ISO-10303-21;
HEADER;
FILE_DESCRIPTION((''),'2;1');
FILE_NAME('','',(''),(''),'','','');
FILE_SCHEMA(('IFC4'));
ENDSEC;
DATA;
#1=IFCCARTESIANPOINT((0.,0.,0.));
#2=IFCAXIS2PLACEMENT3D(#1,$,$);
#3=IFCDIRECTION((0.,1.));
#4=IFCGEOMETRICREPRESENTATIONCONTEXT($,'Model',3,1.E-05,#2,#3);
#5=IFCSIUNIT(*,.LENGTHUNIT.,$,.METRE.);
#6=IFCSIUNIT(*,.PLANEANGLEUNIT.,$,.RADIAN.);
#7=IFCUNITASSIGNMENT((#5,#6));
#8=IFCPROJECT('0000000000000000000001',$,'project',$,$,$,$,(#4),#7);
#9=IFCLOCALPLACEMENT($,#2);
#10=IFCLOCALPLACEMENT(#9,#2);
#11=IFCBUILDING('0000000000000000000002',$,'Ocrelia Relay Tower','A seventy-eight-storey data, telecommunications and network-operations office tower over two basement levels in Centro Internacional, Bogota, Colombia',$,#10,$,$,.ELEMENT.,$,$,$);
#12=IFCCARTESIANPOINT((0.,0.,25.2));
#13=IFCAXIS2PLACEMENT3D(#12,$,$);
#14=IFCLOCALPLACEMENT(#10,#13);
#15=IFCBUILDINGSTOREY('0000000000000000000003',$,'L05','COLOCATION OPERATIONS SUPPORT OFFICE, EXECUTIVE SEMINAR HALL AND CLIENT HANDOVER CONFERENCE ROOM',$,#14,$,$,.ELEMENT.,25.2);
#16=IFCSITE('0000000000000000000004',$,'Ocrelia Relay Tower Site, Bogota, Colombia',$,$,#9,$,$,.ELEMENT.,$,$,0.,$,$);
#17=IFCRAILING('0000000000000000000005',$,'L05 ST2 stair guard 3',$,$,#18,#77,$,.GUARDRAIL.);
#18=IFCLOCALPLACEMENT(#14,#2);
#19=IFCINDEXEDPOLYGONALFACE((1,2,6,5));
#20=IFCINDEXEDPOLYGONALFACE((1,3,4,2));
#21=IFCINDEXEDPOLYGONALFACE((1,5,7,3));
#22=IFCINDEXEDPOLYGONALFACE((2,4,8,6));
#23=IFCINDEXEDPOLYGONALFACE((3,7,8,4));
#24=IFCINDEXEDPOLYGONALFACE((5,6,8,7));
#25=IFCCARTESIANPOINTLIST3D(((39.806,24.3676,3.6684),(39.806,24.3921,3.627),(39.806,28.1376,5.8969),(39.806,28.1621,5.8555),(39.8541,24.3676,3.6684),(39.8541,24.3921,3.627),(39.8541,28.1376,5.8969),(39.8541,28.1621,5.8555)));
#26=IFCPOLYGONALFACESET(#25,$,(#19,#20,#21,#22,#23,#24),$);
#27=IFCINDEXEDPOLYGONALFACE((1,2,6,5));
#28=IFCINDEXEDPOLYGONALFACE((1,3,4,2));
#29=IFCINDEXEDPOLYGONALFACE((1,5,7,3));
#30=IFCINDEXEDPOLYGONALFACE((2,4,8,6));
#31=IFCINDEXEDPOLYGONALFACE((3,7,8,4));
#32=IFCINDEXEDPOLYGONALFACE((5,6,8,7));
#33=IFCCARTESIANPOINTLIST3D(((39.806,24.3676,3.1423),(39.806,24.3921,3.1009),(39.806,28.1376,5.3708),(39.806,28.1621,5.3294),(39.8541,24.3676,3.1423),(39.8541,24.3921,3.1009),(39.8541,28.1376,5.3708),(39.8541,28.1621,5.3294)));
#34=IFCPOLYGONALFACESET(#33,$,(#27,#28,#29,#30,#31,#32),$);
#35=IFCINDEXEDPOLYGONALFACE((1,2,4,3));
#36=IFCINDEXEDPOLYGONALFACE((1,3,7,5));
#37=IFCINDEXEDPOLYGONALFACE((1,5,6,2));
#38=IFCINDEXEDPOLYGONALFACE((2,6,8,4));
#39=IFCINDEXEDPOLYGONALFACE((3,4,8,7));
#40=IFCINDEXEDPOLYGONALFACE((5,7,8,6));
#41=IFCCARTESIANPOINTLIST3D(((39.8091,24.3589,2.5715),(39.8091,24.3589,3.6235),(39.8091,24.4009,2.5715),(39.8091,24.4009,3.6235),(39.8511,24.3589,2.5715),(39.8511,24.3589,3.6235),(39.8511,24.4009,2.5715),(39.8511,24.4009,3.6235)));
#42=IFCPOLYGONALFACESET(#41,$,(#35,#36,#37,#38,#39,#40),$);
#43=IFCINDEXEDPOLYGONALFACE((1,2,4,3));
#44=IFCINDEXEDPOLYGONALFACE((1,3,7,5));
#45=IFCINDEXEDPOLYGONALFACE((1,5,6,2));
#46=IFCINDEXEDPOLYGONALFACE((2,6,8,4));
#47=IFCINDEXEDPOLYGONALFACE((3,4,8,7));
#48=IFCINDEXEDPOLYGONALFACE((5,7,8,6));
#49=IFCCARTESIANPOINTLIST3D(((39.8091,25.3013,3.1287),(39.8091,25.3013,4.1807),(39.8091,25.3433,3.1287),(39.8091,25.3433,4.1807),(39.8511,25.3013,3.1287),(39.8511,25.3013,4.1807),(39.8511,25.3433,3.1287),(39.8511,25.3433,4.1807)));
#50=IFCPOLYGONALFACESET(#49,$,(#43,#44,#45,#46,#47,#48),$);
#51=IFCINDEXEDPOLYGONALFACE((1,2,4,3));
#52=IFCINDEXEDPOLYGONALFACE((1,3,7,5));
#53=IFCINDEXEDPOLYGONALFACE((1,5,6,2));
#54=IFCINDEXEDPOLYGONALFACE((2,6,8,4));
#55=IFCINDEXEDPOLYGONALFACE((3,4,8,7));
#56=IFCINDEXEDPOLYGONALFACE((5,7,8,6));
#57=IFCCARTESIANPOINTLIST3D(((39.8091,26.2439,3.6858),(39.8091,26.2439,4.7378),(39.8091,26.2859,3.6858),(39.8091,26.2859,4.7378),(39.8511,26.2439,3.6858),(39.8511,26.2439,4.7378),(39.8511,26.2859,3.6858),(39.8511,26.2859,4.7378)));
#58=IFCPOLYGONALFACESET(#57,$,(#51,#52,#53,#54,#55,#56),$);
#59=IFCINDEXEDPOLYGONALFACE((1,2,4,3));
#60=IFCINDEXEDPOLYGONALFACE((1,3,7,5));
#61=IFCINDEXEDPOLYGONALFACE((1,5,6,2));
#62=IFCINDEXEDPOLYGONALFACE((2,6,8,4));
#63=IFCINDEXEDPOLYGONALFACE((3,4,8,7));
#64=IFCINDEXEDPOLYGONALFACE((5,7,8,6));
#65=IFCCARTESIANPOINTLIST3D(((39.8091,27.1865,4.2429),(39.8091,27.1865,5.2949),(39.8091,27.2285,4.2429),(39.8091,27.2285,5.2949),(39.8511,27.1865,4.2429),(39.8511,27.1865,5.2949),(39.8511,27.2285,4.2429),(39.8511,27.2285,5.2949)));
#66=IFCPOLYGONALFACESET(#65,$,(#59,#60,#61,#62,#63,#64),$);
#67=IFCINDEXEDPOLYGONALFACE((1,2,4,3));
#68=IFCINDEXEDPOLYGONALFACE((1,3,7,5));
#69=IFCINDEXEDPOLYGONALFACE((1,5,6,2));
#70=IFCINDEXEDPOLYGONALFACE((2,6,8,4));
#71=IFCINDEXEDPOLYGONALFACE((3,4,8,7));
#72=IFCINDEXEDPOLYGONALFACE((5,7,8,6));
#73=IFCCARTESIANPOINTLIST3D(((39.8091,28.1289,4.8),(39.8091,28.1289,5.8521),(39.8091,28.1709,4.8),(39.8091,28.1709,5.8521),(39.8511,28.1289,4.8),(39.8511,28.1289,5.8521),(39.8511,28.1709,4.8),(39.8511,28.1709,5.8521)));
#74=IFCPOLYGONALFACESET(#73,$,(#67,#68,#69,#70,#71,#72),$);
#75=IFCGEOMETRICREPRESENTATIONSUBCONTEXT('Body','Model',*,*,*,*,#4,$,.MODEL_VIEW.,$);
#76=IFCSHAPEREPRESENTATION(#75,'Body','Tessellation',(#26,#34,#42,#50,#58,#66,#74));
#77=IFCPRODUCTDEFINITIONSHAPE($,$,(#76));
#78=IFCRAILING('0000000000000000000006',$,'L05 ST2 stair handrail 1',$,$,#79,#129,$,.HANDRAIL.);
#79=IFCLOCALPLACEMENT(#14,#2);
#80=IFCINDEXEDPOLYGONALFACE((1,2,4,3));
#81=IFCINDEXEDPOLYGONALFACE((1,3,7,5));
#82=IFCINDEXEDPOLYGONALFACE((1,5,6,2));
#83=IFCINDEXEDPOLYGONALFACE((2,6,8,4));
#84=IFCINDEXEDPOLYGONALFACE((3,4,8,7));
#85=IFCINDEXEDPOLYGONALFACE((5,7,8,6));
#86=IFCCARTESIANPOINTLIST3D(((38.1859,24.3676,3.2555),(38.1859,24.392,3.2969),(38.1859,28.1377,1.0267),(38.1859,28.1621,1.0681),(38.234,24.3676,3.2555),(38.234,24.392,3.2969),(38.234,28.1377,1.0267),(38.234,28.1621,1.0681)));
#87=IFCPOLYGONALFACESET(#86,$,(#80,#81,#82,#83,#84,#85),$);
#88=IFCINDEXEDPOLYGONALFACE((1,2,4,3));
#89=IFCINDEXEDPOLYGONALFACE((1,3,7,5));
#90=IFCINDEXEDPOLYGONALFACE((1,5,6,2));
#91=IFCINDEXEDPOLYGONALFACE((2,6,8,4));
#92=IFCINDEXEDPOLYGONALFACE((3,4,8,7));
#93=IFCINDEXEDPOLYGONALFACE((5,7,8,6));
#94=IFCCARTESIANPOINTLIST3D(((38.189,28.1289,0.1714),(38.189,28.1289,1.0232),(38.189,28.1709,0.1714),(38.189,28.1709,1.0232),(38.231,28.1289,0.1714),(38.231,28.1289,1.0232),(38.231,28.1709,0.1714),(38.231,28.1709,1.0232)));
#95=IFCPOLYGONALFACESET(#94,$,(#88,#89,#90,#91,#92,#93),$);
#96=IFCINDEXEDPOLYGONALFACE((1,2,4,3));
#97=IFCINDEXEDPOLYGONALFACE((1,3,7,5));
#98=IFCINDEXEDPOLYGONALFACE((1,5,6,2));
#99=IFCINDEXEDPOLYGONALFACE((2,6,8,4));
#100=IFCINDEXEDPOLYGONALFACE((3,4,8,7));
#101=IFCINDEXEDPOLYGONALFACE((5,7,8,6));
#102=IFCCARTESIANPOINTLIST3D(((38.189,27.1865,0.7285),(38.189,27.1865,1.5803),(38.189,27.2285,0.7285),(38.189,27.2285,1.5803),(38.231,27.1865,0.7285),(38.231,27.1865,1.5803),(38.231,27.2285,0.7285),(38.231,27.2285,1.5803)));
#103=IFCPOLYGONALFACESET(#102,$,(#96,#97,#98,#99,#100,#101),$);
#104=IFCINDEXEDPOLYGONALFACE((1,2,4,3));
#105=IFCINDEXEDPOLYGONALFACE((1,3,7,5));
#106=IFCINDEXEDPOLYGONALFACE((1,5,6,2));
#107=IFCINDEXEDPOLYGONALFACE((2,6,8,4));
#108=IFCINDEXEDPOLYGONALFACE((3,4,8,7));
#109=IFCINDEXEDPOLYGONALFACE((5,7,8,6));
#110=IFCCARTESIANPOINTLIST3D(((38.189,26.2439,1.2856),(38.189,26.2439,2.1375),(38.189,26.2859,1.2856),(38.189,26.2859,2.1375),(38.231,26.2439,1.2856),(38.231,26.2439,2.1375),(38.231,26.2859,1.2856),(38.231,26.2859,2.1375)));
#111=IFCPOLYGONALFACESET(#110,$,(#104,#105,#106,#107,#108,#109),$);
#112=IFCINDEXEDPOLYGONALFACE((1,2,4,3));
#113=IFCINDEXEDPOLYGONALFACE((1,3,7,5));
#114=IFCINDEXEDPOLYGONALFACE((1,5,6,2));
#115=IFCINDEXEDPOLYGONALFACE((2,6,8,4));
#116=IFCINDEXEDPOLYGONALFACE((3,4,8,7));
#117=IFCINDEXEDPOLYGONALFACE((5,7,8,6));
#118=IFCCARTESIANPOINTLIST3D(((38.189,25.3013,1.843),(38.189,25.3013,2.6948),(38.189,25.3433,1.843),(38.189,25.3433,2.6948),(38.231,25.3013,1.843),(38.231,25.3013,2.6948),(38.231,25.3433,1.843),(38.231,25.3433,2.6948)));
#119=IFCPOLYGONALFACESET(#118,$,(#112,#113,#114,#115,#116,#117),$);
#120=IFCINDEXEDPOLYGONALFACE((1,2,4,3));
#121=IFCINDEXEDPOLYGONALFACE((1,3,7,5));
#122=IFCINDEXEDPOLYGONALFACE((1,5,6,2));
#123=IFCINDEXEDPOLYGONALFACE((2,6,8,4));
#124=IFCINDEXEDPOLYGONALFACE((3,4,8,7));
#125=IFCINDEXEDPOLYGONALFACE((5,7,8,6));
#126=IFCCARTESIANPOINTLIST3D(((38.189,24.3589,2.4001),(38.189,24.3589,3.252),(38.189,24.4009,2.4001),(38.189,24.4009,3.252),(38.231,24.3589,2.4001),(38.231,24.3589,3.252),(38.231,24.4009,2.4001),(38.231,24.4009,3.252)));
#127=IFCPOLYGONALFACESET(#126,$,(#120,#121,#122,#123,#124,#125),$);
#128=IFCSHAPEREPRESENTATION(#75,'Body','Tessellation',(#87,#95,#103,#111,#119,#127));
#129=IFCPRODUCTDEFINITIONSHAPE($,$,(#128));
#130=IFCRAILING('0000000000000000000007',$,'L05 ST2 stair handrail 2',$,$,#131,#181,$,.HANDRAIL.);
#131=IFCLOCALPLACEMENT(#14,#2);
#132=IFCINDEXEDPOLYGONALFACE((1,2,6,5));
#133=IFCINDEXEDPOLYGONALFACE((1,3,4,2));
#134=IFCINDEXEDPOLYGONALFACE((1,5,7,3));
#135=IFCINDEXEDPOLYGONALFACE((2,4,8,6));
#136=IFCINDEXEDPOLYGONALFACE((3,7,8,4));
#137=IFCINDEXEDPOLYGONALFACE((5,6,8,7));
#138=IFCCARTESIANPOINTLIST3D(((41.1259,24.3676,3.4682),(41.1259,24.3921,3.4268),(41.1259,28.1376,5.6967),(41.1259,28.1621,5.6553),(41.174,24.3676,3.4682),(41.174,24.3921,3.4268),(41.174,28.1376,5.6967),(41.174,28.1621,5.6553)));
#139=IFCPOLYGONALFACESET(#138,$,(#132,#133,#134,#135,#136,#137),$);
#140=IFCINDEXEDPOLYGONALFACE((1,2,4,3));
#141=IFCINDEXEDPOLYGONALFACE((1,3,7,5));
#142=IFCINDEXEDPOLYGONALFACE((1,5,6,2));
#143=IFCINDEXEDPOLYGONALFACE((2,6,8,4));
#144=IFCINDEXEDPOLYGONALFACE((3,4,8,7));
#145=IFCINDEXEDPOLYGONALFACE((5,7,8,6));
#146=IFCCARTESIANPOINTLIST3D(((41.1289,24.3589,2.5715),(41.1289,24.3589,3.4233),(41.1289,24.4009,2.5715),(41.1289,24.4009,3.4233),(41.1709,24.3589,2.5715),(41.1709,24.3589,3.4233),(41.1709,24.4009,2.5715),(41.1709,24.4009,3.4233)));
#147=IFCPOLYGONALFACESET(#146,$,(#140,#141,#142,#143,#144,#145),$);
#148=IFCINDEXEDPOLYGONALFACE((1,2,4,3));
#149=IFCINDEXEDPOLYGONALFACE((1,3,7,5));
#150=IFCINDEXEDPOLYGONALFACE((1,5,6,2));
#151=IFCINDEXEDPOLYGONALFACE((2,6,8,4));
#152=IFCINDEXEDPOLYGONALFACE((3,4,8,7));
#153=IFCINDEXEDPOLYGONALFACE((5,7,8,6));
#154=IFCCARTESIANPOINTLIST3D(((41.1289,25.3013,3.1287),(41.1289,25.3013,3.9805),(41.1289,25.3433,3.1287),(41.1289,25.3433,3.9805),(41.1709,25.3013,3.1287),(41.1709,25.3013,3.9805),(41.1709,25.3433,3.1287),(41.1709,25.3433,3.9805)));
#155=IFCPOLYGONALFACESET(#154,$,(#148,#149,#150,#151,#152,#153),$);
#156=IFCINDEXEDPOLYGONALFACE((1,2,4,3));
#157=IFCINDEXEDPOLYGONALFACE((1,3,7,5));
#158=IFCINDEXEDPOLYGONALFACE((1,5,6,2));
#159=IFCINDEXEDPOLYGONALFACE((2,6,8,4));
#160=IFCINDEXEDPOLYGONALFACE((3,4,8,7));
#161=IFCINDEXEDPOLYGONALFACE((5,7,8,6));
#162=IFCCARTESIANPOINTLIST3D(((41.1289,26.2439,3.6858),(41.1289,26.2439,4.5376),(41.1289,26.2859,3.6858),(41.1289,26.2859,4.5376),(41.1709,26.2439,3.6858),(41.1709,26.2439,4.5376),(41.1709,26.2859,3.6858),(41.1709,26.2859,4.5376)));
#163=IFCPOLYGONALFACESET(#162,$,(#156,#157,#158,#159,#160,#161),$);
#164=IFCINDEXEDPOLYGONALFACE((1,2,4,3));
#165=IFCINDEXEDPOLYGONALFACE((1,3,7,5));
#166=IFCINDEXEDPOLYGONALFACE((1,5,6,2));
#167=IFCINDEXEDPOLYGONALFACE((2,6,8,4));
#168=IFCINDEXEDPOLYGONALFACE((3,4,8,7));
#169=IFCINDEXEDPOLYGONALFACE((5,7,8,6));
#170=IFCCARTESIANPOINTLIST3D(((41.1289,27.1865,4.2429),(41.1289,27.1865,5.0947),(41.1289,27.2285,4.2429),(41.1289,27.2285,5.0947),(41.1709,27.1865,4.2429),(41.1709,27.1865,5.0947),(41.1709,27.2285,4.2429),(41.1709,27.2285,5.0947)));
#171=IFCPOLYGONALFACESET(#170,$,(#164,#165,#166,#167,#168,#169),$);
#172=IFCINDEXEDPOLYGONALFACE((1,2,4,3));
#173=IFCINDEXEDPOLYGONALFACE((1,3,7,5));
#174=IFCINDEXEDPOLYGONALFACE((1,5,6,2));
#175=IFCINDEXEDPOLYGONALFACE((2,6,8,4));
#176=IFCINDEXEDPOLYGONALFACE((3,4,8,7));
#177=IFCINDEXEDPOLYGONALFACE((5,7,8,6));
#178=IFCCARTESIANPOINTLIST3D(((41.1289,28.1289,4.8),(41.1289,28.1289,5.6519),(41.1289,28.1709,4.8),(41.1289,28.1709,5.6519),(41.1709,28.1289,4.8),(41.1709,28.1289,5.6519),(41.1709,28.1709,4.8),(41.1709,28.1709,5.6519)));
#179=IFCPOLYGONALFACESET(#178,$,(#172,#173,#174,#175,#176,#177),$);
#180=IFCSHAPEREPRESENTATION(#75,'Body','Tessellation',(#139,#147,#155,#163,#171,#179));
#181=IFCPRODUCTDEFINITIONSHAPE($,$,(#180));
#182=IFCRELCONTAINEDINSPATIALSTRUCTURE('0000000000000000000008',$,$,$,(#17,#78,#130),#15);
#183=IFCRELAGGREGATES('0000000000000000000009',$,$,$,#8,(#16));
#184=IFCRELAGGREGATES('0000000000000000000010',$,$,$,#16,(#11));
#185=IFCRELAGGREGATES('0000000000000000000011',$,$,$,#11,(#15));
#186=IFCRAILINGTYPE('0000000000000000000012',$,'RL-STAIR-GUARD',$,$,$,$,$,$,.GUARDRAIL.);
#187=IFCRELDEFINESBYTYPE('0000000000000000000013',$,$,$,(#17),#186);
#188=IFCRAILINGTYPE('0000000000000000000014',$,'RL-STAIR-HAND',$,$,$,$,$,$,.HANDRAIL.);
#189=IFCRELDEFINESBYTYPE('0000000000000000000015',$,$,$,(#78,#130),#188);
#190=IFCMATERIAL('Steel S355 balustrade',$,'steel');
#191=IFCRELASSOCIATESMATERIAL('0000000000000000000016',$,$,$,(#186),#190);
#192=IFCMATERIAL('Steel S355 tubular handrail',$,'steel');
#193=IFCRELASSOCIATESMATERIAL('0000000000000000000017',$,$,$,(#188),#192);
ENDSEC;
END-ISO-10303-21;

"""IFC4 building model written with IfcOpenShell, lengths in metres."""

from ifc_helpers import new_model, si_unit, direction, frame, origin, origin_2d, place, context, subcontext, project, spatial, rectangle, extrude, material, type_object, element, save


model = new_model("IFC4")

# Units and contexts
model_context = context("Model", 3, precision=1e-05, world=origin(), true_north=direction((0.0, 1.0)))
body_context = subcontext(model_context, "Body", "Model", "MODEL_VIEW")
ifc_project = project(units=[si_unit("LENGTHUNIT", "METRE"), si_unit("PLANEANGLEUNIT", "RADIAN")], contexts=[model_context])

# Site, building, storey
site_placement = place(None, origin())
site = spatial("IfcSite", under=ifc_project, at=site_placement, Name="Ocrelia Relay Tower Site, Bogota, Colombia", CompositionType="ELEMENT", RefElevation=0.0)
building_placement = place(site_placement, origin())
building = spatial("IfcBuilding", under=site, at=building_placement, Name="Ocrelia Relay Tower", Description="A seventy-eight-storey data, telecommunications and network-operations office tower over two basement levels in Centro Internacional, Bogota, Colombia", CompositionType="ELEMENT")
storey_placement = place(building_placement, frame((0.0, 0.0, 25.2)))
storey = spatial("IfcBuildingStorey", under=building, at=storey_placement, Name="L05", Description="COLOCATION OPERATIONS SUPPORT OFFICE, EXECUTIVE SEMINAR HALL AND CLIENT HANDOVER CONFERENCE ROOM", CompositionType="ELEMENT", Elevation=25.2)

# Railings
ifc_material_1 = material(Name="Steel S355 balustrade", Category="steel")
railing_type_1 = type_object("IfcRailingType", Name="RL-STAIR-GUARD", PredefinedType="GUARDRAIL", material=ifc_material_1)
railing_1_placement = place(storey_placement, frame((39.8301, 24.3799, 2.5715)))
element("IfcRailing", 1, at=railing_1_placement, inside=storey, type_object=railing_type_1, Name="L05 ST2 stair guard 3", PredefinedType="GUARDRAIL", context=body_context, shape_type="SweptSolid", body=[
    extrude(rectangle(XDim=0.0481, YDim=0.0481, at=origin_2d()), frame((0.0, 0.0, 1.0762), z_axis=(0.0, 0.860849, 0.508861), x_axis=(-1.0, 0.0, 0.0)), (0.0, 0.0, 1.0), 4.3794),
    extrude(rectangle(XDim=0.0481, YDim=0.0481, at=origin_2d()), frame((0.0, 0.0, 0.55), z_axis=(0.0, 0.860849, 0.508861), x_axis=(-1.0, 0.0, 0.0)), (0.0, 0.0, 1.0), 4.3794),
    extrude(rectangle(XDim=0.042, YDim=0.042, at=origin_2d()), origin(), (0.0, 0.0, 1.0), 1.052),
    extrude(rectangle(XDim=0.042, YDim=0.042, at=origin_2d()), frame((0.0, 0.9424, 0.5571)), (0.0, 0.0, 1.0), 1.052),
    extrude(rectangle(XDim=0.042, YDim=0.042, at=origin_2d()), frame((0.0, 1.885, 1.1143)), (0.0, 0.0, 1.0), 1.052),
    extrude(rectangle(XDim=0.042, YDim=0.042, at=origin_2d()), frame((0.0, 2.8276, 1.6714)), (0.0, 0.0, 1.0), 1.052),
    extrude(rectangle(XDim=0.042, YDim=0.042, at=origin_2d()), frame((0.0, 3.77, 2.2285)), (0.0, 0.0, 1.0), 1.052),
])
ifc_material_2 = material(Name="Steel S355 tubular handrail", Category="steel")
railing_type_2 = type_object("IfcRailingType", Name="RL-STAIR-HAND", PredefinedType="HANDRAIL", material=ifc_material_2)
railing_2_placement = place(storey_placement, frame((38.21, 28.1499, 0.1714)))
element("IfcRailing", 2, at=railing_2_placement, inside=storey, type_object=railing_type_2, Name="L05 ST2 stair handrail 1", PredefinedType="HANDRAIL", context=body_context, shape_type="SweptSolid", body=[
    extrude(rectangle(XDim=0.0481, YDim=0.0481, at=origin_2d()), frame((0.0, 0.0, 0.876), z_axis=(0.0, -0.860824, 0.508902), x_axis=(1.0, 0.0, 0.0)), (0.0, 0.0, 1.0), 4.3796),
    extrude(rectangle(XDim=0.042, YDim=0.042, at=origin_2d()), origin(), (0.0, 0.0, 1.0), 0.8518),
    extrude(rectangle(XDim=0.042, YDim=0.042, at=origin_2d()), frame((0.0, -0.9424, 0.5571)), (0.0, 0.0, 1.0), 0.8518),
    extrude(rectangle(XDim=0.042, YDim=0.042, at=origin_2d()), frame((0.0, -1.885, 1.1143)), (0.0, 0.0, 1.0), 0.8518),
    extrude(rectangle(XDim=0.042, YDim=0.042, at=origin_2d()), frame((0.0, -2.8276, 1.6716)), (0.0, 0.0, 1.0), 0.8518),
    extrude(rectangle(XDim=0.042, YDim=0.042, at=origin_2d()), frame((0.0, -3.77, 2.2288)), (0.0, 0.0, 1.0), 0.8518),
])
railing_3_placement = place(storey_placement, frame((41.1499, 24.3799, 2.5715)))
element("IfcRailing", 3, at=railing_3_placement, inside=storey, type_object=railing_type_2, Name="L05 ST2 stair handrail 2", PredefinedType="HANDRAIL", context=body_context, shape_type="SweptSolid", body=[
    extrude(rectangle(XDim=0.0481, YDim=0.0481, at=origin_2d()), frame((0.0, 0.0, 0.876), z_axis=(0.0, 0.860849, 0.508861), x_axis=(-1.0, 0.0, 0.0)), (0.0, 0.0, 1.0), 4.3794),
    extrude(rectangle(XDim=0.042, YDim=0.042, at=origin_2d()), origin(), (0.0, 0.0, 1.0), 0.8518),
    extrude(rectangle(XDim=0.042, YDim=0.042, at=origin_2d()), frame((0.0, 0.9424, 0.5571)), (0.0, 0.0, 1.0), 0.8518),
    extrude(rectangle(XDim=0.042, YDim=0.042, at=origin_2d()), frame((0.0, 1.885, 1.1143)), (0.0, 0.0, 1.0), 0.8518),
    extrude(rectangle(XDim=0.042, YDim=0.042, at=origin_2d()), frame((0.0, 2.8276, 1.6714)), (0.0, 0.0, 1.0), 0.8518),
    extrude(rectangle(XDim=0.042, YDim=0.042, at=origin_2d()), frame((0.0, 3.77, 2.2285)), (0.0, 0.0, 1.0), 0.8518),
])

save(model, "model.ifc")
